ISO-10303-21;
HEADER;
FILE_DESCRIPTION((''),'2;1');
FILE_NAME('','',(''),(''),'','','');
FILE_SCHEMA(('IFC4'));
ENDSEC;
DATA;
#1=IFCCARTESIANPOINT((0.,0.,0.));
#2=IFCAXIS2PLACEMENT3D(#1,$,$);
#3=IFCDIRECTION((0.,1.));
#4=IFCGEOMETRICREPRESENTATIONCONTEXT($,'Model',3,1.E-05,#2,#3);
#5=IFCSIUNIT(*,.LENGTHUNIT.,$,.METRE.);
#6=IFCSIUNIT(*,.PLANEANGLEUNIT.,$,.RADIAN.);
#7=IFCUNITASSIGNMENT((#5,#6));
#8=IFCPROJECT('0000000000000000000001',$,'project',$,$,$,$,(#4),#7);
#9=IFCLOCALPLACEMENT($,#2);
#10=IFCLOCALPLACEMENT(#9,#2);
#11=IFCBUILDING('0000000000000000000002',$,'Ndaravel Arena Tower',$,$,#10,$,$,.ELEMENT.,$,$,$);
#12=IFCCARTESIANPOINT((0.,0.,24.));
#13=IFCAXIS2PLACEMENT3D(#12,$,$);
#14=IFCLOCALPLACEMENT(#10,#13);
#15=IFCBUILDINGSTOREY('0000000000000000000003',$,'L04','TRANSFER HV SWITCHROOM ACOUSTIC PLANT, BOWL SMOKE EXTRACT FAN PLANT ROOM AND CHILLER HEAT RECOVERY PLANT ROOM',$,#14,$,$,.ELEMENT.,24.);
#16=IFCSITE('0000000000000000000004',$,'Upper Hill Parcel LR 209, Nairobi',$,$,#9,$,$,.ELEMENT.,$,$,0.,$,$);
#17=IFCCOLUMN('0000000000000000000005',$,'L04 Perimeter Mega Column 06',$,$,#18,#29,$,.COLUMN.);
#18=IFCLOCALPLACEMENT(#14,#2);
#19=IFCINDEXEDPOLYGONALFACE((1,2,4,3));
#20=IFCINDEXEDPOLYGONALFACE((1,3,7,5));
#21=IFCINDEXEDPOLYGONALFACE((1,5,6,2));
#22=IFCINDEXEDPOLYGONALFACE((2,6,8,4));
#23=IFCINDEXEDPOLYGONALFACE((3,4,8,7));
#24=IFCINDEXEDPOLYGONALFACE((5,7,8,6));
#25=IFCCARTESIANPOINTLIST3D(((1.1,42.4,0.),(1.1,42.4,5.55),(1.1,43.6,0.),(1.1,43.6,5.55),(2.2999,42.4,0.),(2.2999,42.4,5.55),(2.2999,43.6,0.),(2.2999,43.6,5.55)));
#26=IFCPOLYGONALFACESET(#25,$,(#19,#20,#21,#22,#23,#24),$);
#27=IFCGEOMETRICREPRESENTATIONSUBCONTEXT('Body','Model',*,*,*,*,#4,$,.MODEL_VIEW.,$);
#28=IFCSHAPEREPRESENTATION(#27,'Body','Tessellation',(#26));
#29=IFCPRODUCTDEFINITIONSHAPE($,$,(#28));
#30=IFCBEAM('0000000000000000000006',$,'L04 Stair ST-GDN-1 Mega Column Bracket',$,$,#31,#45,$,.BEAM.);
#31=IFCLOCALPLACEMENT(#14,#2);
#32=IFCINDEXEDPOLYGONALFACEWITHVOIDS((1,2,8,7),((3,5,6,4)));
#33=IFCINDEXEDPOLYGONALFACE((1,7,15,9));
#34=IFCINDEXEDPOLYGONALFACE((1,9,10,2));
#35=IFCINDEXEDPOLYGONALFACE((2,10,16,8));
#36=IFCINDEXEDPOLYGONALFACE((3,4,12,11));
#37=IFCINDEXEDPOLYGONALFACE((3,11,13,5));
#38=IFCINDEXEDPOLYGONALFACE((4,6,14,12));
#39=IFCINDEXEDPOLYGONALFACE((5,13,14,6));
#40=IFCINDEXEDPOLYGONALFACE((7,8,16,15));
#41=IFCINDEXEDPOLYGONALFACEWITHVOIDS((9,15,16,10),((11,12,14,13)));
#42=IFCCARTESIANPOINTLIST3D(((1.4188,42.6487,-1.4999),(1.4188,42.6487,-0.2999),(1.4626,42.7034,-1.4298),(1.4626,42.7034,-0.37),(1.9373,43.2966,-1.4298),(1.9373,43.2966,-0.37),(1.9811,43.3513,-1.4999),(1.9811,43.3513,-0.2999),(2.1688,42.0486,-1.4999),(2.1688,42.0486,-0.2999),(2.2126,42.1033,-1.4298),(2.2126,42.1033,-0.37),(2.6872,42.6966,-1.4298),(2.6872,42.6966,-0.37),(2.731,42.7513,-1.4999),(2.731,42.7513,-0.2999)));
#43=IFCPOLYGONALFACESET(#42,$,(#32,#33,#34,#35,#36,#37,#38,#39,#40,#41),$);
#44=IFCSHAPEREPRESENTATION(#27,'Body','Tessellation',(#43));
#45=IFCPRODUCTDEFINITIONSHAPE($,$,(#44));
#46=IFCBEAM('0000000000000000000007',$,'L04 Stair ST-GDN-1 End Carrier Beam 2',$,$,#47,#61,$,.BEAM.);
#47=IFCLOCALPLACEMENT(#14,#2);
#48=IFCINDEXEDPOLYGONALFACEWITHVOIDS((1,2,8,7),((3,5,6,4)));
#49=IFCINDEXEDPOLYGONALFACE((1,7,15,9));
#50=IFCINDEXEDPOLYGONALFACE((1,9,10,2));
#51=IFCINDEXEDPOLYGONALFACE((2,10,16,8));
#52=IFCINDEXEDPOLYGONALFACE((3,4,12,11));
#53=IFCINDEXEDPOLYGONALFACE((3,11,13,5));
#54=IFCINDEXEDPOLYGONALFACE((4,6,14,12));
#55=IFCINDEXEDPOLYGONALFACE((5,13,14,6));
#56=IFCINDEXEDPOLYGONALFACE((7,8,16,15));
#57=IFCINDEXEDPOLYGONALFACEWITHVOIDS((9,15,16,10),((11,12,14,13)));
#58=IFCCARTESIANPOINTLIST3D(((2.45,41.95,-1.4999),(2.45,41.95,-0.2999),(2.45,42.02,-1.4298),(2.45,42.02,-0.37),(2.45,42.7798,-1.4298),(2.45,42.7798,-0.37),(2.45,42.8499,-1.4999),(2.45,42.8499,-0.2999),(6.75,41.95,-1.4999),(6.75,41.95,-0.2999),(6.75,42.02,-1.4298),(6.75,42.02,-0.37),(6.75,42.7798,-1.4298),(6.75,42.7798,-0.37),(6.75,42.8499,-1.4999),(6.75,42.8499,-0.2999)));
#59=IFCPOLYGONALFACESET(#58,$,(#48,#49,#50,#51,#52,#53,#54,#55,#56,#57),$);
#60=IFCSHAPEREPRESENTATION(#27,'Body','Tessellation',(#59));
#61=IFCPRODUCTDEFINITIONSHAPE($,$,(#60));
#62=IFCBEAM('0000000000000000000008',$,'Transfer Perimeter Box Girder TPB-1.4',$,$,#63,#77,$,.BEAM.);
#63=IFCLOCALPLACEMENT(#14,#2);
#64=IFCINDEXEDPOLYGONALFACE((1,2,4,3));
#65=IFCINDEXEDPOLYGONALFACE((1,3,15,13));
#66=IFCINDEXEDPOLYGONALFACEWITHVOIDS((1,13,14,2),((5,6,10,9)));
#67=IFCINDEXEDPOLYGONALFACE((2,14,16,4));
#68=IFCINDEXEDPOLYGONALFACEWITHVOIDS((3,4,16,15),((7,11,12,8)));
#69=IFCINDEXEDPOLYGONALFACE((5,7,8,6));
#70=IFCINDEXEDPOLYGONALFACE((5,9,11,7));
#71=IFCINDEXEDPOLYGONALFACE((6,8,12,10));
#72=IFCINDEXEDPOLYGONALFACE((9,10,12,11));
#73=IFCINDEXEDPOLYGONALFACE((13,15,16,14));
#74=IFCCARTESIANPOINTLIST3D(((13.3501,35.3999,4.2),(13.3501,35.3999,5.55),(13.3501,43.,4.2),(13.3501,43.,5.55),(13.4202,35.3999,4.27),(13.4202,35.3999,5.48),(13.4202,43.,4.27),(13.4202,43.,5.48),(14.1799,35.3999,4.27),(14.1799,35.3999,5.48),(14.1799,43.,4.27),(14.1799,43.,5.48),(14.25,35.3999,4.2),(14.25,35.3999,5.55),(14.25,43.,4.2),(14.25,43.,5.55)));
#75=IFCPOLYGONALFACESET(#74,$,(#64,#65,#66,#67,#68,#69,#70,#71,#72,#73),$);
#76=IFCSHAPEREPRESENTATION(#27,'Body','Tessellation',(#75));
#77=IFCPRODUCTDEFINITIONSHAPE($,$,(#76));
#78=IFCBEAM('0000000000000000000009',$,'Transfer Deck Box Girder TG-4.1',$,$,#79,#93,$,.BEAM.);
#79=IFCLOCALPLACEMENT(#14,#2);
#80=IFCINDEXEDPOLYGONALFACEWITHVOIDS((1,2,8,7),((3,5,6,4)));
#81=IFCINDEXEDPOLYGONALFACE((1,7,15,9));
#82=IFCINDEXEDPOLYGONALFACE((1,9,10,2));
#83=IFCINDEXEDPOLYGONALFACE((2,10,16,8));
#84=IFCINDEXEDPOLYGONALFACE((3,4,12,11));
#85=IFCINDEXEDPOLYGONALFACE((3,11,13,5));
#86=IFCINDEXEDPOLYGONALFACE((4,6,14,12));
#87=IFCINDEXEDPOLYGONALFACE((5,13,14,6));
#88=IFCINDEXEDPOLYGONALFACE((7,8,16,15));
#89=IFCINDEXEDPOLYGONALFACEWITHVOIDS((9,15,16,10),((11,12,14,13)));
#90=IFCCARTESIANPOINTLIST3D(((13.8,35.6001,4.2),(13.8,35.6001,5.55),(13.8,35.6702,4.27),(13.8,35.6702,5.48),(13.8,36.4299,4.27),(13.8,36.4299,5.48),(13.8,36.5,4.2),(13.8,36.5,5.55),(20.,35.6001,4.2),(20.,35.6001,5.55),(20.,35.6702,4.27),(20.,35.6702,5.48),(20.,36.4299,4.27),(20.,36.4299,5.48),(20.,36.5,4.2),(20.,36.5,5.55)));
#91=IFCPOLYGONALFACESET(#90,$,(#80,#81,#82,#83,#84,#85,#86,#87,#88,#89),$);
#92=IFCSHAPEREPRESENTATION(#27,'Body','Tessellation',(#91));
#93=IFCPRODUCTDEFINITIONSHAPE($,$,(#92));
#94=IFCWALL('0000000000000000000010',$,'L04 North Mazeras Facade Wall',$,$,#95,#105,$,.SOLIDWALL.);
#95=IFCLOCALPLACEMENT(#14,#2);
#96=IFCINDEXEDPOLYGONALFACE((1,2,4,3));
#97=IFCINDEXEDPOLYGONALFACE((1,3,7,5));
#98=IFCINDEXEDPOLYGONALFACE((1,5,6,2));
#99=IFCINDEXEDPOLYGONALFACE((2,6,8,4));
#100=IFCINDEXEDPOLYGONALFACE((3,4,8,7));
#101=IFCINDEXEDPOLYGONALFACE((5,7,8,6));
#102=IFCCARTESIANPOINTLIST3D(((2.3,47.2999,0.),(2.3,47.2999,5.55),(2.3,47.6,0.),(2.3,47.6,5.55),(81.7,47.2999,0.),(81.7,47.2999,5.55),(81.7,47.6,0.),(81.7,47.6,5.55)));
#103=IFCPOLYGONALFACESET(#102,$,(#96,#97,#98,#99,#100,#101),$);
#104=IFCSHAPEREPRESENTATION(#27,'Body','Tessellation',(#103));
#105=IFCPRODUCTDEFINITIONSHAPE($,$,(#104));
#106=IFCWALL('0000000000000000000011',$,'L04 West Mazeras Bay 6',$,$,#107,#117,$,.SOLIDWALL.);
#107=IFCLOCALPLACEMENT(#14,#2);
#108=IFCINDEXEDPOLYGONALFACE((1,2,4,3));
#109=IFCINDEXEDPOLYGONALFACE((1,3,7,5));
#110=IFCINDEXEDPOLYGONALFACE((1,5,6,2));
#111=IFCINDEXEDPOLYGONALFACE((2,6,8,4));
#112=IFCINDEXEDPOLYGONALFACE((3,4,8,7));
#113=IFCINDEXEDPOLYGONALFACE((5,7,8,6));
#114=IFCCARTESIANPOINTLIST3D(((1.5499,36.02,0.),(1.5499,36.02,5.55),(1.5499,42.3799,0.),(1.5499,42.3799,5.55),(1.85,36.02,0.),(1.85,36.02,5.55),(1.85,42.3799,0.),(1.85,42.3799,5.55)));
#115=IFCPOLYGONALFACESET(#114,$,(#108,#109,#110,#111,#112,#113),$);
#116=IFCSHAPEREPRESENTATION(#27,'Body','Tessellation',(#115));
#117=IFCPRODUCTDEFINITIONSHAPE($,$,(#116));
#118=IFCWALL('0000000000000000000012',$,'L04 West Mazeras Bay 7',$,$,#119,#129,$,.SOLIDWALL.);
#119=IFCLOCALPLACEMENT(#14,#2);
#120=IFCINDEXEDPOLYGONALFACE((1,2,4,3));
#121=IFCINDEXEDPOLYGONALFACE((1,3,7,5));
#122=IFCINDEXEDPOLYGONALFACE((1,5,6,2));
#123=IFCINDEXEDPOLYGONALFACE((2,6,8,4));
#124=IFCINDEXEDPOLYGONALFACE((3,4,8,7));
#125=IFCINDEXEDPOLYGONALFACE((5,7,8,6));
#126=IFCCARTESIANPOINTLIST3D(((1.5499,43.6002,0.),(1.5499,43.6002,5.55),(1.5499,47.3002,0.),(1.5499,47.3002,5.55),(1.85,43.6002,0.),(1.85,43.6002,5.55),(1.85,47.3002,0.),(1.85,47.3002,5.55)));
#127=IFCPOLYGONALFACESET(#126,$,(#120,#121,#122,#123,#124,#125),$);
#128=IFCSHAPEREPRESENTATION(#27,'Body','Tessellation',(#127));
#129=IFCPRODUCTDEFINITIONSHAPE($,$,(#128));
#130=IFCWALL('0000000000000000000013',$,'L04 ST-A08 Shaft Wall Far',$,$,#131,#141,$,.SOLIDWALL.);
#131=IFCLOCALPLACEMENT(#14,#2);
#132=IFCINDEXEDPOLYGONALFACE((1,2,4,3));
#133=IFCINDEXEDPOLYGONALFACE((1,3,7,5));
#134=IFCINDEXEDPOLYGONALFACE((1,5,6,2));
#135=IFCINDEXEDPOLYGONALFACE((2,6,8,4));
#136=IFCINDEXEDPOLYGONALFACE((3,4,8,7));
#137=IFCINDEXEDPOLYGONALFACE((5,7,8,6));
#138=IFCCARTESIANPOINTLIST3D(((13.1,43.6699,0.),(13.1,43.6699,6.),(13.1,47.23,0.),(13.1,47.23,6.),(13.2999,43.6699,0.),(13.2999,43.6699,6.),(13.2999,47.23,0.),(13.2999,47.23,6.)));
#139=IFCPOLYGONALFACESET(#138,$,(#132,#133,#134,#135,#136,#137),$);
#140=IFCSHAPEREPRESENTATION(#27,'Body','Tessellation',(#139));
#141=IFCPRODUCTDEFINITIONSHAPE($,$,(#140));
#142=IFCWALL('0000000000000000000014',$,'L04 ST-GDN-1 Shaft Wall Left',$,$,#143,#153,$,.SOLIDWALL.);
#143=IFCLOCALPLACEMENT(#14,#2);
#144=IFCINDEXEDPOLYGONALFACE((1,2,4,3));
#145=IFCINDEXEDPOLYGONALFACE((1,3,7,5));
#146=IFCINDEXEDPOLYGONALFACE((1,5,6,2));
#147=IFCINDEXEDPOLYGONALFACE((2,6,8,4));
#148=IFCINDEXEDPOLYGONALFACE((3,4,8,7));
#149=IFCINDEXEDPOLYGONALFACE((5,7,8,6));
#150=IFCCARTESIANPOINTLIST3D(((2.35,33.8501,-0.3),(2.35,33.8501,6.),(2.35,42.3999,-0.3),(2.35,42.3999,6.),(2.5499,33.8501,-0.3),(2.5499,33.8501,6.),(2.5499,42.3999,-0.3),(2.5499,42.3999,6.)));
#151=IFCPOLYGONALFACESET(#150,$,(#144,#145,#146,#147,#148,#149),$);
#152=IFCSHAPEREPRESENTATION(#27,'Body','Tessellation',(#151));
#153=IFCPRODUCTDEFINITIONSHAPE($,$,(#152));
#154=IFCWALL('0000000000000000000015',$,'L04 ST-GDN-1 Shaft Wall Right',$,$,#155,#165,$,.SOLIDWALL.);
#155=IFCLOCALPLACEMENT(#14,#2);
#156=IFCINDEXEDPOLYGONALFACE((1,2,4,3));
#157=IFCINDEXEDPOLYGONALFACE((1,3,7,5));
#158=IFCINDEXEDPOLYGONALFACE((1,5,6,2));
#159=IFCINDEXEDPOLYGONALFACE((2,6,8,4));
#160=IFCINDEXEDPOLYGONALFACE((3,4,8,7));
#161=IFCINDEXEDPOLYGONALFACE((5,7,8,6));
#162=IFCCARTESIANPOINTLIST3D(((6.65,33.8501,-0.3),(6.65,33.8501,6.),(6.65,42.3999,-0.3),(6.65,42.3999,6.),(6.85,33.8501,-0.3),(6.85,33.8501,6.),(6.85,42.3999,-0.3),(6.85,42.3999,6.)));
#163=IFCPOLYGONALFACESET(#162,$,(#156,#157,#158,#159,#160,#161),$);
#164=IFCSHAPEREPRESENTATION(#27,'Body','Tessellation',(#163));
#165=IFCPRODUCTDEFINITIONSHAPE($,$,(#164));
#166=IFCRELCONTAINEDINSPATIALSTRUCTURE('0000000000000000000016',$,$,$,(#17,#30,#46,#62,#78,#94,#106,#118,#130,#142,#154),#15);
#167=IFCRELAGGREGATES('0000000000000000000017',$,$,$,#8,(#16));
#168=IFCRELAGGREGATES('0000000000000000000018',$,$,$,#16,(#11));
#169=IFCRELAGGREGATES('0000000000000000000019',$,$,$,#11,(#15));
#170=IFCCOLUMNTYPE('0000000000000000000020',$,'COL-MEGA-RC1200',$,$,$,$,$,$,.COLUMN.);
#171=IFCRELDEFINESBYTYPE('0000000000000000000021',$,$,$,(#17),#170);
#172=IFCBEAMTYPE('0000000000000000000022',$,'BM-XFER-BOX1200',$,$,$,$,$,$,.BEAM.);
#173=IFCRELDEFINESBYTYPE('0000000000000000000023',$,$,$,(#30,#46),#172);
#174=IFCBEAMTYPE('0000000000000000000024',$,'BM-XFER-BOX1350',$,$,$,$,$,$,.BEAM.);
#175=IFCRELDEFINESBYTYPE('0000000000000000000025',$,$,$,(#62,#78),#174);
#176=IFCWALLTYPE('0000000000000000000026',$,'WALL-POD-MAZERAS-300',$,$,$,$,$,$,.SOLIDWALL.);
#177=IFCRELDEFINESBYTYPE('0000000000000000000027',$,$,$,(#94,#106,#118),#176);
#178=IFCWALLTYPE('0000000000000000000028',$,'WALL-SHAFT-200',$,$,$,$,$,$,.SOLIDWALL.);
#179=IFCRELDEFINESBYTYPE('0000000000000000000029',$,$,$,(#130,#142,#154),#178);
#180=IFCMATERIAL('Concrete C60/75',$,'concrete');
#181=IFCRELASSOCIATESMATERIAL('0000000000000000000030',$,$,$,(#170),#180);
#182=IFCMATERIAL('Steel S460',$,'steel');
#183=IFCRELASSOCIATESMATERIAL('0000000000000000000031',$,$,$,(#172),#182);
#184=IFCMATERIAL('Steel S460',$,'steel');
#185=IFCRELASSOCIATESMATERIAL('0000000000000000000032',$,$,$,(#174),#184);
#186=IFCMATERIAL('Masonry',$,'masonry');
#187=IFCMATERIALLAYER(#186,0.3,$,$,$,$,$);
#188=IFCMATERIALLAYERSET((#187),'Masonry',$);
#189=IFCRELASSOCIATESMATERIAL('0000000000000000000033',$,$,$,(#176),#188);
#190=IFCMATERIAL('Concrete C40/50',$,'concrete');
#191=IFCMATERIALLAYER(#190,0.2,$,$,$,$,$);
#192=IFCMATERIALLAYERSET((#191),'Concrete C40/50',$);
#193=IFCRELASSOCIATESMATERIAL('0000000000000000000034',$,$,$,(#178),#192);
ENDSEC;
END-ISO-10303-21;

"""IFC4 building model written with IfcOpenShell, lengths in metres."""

from ifc_helpers import new_model, si_unit, direction, frame, frame_2d, origin, origin_2d, place, context, subcontext, project, spatial, rectangle, hollow_rectangle, extrude, material, layer, layer_set, material_profile, profile_set, type_object, element, save


model = new_model("IFC4")

# Units and contexts
model_context = context("Model", 3, precision=1e-05, world=origin(), true_north=direction((0.0, 1.0)))
body_context = subcontext(model_context, "Body", "Model", "MODEL_VIEW")
ifc_project = project(units=[si_unit("LENGTHUNIT", "METRE"), si_unit("PLANEANGLEUNIT", "RADIAN")], contexts=[model_context])

# Site, building, storey
site_placement = place(None, origin())
site = spatial("IfcSite", under=ifc_project, at=site_placement, Name="Upper Hill Parcel LR 209, Nairobi", CompositionType="ELEMENT", RefElevation=0.0)
building_placement = place(site_placement, origin())
building = spatial("IfcBuilding", under=site, at=building_placement, Name="Ndaravel Arena Tower", CompositionType="ELEMENT")
storey_placement = place(building_placement, frame((0.0, 0.0, 24.0)))
storey = spatial("IfcBuildingStorey", under=building, at=storey_placement, Name="L04", Description="TRANSFER HV SWITCHROOM ACOUSTIC PLANT, BOWL SMOKE EXTRACT FAN PLANT ROOM AND CHILLER HEAT RECOVERY PLANT ROOM", CompositionType="ELEMENT", Elevation=24.0)

# Column
ifc_material_1 = material(Name="Concrete C60/75", Category="concrete")
ifc_material_profile_1 = material_profile(ifc_material_1, rectangle(XDim=1.2, YDim=1.2, at=origin_2d()), Name="RC 1200x1200")
ifc_profile_set_1 = profile_set([ifc_material_profile_1], Name="Concrete C60/75")
column_type = type_object("IfcColumnType", Name="COL-MEGA-RC1200", PredefinedType="COLUMN", material=ifc_profile_set_1)
column_placement = place(storey_placement, frame((1.7, 43.0, 0.0), z_axis=(0.0, 0.0, 1.0), x_axis=(1.0, 0.0, 0.0)))
element("IfcColumn", 1, at=column_placement, inside=storey, type_object=column_type, Name="L04 Perimeter Mega Column 06", PredefinedType="COLUMN", context=body_context, shape_type="SweptSolid", body=[
    extrude(rectangle(XDim=1.2, YDim=1.2, at=origin_2d()), origin(), (0.0, 0.0, 1.0), 5.55),
])

# Beams
ifc_material_2 = material(Name="Steel S460", Category="steel")
ifc_material_profile_2 = material_profile(ifc_material_2, hollow_rectangle(XDim=0.8999, YDim=1.2, WallThickness=0.0701, at=origin_2d()), Name="BOX 1200x900x70")
ifc_profile_set_2 = profile_set([ifc_material_profile_2], Name="Steel S460")
beam_type_1 = type_object("IfcBeamType", Name="BM-XFER-BOX1200", PredefinedType="BEAM", material=ifc_profile_set_2)
beam_1_placement = place(storey_placement, frame((1.7, 43.0, -0.8999), z_axis=(0.780819, -0.624757, 0.0), x_axis=(0.624757, 0.780819, 0.0)))
element("IfcBeam", 2, at=beam_1_placement, inside=storey, type_object=beam_type_1, Name="L04 Stair ST-GDN-1 Mega Column Bracket", PredefinedType="BEAM", context=body_context, shape_type="SweptSolid", body=[
    extrude(hollow_rectangle(XDim=0.8999, YDim=1.2, WallThickness=0.0701, at=origin_2d()), origin(), (0.0, 0.0, 1.0), 0.9604),
])
beam_2_placement = place(storey_placement, frame((2.45, 42.3999, -0.8999), z_axis=(1.0, 0.0, 0.0), x_axis=(0.0, 1.0, 0.0)))
element("IfcBeam", 3, at=beam_2_placement, inside=storey, type_object=beam_type_1, Name="L04 Stair ST-GDN-1 End Carrier Beam 2", PredefinedType="BEAM", context=body_context, shape_type="SweptSolid", body=[
    extrude(hollow_rectangle(XDim=0.8999, YDim=1.2, WallThickness=0.0701, at=origin_2d()), origin(), (0.0, 0.0, 1.0), 4.3),
])
ifc_material_3 = material(Name="Steel S460", Category="steel")
ifc_material_profile_3 = material_profile(ifc_material_3, hollow_rectangle(XDim=0.8999, YDim=1.3501, WallThickness=0.0701, at=origin_2d()), Name="BOX 1350x900x70")
ifc_profile_set_3 = profile_set([ifc_material_profile_3], Name="Steel S460")
beam_type_2 = type_object("IfcBeamType", Name="BM-XFER-BOX1350", PredefinedType="BEAM", material=ifc_profile_set_3)
beam_3_placement = place(storey_placement, frame((13.8, 35.3999, 4.875), z_axis=(0.0, 1.0, 0.0), x_axis=(-1.0, 0.0, 0.0)))
element("IfcBeam", 4, at=beam_3_placement, inside=storey, type_object=beam_type_2, Name="Transfer Perimeter Box Girder TPB-1.4", PredefinedType="BEAM", context=body_context, shape_type="SweptSolid", body=[
    extrude(hollow_rectangle(XDim=0.8999, YDim=1.3501, WallThickness=0.0701, at=origin_2d()), origin(), (0.0, 0.0, 1.0), 7.6001),
])
beam_4_placement = place(storey_placement, frame((13.8, 36.05, 4.875), z_axis=(1.0, 0.0, 0.0), x_axis=(0.0, 1.0, 0.0)))
element("IfcBeam", 5, at=beam_4_placement, inside=storey, type_object=beam_type_2, Name="Transfer Deck Box Girder TG-4.1", PredefinedType="BEAM", context=body_context, shape_type="SweptSolid", body=[
    extrude(hollow_rectangle(XDim=0.8999, YDim=1.3501, WallThickness=0.0701, at=origin_2d()), origin(), (0.0, 0.0, 1.0), 6.2),
])

# Walls
ifc_material_4 = material(Name="Masonry", Category="masonry")
ifc_layer_1 = layer(ifc_material_4, 0.3)
ifc_layer_set_1 = layer_set([ifc_layer_1], Name="Masonry")
wall_type_1 = type_object("IfcWallType", Name="WALL-POD-MAZERAS-300", PredefinedType="SOLIDWALL", material=ifc_layer_set_1)
wall_1_placement = place(storey_placement, frame((2.3, 47.45, 0.0), z_axis=(0.0, 0.0, 1.0), x_axis=(1.0, 0.0, 0.0)))
element("IfcWall", 6, at=wall_1_placement, inside=storey, type_object=wall_type_1, Name="L04 North Mazeras Facade Wall", PredefinedType="SOLIDWALL", context=body_context, shape_type="SweptSolid", body=[
    extrude(rectangle(XDim=79.3999, YDim=0.3, at=frame_2d((39.7, 0.0))), origin(), (0.0, 0.0, 1.0), 5.55),
])
wall_2_placement = place(storey_placement, frame((1.7, 36.02, 0.0), z_axis=(0.0, 0.0, 1.0), x_axis=(0.0, 1.0, 0.0)))
element("IfcWall", 7, at=wall_2_placement, inside=storey, type_object=wall_type_1, Name="L04 West Mazeras Bay 6", PredefinedType="SOLIDWALL", context=body_context, shape_type="SweptSolid", body=[
    extrude(rectangle(XDim=6.3599, YDim=0.3, at=frame_2d((3.1799, 0.0))), origin(), (0.0, 0.0, 1.0), 5.55),
])
wall_3_placement = place(storey_placement, frame((1.7, 43.6001, 0.0), z_axis=(0.0, 0.0, 1.0), x_axis=(0.0, 1.0, 0.0)))
element("IfcWall", 8, at=wall_3_placement, inside=storey, type_object=wall_type_1, Name="L04 West Mazeras Bay 7", PredefinedType="SOLIDWALL", context=body_context, shape_type="SweptSolid", body=[
    extrude(rectangle(XDim=3.7, YDim=0.3, at=frame_2d((1.8501, 0.0))), origin(), (0.0, 0.0, 1.0), 5.55),
])
ifc_material_5 = material(Name="Concrete C40/50", Category="concrete")
ifc_layer_2 = layer(ifc_material_5, 0.2)
ifc_layer_set_2 = layer_set([ifc_layer_2], Name="Concrete C40/50")
wall_type_2 = type_object("IfcWallType", Name="WALL-SHAFT-200", PredefinedType="SOLIDWALL", material=ifc_layer_set_2)
wall_4_placement = place(storey_placement, frame((13.2, 47.23, 0.0), z_axis=(0.0, 0.0, 1.0), x_axis=(0.0, -1.0, 0.0)))
element("IfcWall", 9, at=wall_4_placement, inside=storey, type_object=wall_type_2, Name="L04 ST-A08 Shaft Wall Far", PredefinedType="SOLIDWALL", context=body_context, shape_type="SweptSolid", body=[
    extrude(rectangle(XDim=3.5601, YDim=0.2, at=frame_2d((1.78, 0.0))), origin(), (0.0, 0.0, 1.0), 6.0),
])
for number, where, z_axis, x_axis, name in (
    (10, (2.45, 42.3999, -0.3), (0.0, 0.0, 1.0), (0.0, -1.0, 0.0), "L04 ST-GDN-1 Shaft Wall Left"),
    (11, (6.75, 42.3999, -0.3), (0.0, 0.0, 1.0), (0.0, -1.0, 0.0), "L04 ST-GDN-1 Shaft Wall Right"),
):
    element("IfcWall", number, at=place(storey_placement, frame(where, z_axis=z_axis, x_axis=x_axis)), inside=storey, type_object=wall_type_2, Name=name, PredefinedType="SOLIDWALL", context=body_context, shape_type="SweptSolid", body=[
        extrude(rectangle(XDim=8.5498, YDim=0.2, at=frame_2d((4.2749, 0.0))), origin(), (0.0, 0.0, 1.0), 6.3),
    ])

save(model, "model.ifc")
